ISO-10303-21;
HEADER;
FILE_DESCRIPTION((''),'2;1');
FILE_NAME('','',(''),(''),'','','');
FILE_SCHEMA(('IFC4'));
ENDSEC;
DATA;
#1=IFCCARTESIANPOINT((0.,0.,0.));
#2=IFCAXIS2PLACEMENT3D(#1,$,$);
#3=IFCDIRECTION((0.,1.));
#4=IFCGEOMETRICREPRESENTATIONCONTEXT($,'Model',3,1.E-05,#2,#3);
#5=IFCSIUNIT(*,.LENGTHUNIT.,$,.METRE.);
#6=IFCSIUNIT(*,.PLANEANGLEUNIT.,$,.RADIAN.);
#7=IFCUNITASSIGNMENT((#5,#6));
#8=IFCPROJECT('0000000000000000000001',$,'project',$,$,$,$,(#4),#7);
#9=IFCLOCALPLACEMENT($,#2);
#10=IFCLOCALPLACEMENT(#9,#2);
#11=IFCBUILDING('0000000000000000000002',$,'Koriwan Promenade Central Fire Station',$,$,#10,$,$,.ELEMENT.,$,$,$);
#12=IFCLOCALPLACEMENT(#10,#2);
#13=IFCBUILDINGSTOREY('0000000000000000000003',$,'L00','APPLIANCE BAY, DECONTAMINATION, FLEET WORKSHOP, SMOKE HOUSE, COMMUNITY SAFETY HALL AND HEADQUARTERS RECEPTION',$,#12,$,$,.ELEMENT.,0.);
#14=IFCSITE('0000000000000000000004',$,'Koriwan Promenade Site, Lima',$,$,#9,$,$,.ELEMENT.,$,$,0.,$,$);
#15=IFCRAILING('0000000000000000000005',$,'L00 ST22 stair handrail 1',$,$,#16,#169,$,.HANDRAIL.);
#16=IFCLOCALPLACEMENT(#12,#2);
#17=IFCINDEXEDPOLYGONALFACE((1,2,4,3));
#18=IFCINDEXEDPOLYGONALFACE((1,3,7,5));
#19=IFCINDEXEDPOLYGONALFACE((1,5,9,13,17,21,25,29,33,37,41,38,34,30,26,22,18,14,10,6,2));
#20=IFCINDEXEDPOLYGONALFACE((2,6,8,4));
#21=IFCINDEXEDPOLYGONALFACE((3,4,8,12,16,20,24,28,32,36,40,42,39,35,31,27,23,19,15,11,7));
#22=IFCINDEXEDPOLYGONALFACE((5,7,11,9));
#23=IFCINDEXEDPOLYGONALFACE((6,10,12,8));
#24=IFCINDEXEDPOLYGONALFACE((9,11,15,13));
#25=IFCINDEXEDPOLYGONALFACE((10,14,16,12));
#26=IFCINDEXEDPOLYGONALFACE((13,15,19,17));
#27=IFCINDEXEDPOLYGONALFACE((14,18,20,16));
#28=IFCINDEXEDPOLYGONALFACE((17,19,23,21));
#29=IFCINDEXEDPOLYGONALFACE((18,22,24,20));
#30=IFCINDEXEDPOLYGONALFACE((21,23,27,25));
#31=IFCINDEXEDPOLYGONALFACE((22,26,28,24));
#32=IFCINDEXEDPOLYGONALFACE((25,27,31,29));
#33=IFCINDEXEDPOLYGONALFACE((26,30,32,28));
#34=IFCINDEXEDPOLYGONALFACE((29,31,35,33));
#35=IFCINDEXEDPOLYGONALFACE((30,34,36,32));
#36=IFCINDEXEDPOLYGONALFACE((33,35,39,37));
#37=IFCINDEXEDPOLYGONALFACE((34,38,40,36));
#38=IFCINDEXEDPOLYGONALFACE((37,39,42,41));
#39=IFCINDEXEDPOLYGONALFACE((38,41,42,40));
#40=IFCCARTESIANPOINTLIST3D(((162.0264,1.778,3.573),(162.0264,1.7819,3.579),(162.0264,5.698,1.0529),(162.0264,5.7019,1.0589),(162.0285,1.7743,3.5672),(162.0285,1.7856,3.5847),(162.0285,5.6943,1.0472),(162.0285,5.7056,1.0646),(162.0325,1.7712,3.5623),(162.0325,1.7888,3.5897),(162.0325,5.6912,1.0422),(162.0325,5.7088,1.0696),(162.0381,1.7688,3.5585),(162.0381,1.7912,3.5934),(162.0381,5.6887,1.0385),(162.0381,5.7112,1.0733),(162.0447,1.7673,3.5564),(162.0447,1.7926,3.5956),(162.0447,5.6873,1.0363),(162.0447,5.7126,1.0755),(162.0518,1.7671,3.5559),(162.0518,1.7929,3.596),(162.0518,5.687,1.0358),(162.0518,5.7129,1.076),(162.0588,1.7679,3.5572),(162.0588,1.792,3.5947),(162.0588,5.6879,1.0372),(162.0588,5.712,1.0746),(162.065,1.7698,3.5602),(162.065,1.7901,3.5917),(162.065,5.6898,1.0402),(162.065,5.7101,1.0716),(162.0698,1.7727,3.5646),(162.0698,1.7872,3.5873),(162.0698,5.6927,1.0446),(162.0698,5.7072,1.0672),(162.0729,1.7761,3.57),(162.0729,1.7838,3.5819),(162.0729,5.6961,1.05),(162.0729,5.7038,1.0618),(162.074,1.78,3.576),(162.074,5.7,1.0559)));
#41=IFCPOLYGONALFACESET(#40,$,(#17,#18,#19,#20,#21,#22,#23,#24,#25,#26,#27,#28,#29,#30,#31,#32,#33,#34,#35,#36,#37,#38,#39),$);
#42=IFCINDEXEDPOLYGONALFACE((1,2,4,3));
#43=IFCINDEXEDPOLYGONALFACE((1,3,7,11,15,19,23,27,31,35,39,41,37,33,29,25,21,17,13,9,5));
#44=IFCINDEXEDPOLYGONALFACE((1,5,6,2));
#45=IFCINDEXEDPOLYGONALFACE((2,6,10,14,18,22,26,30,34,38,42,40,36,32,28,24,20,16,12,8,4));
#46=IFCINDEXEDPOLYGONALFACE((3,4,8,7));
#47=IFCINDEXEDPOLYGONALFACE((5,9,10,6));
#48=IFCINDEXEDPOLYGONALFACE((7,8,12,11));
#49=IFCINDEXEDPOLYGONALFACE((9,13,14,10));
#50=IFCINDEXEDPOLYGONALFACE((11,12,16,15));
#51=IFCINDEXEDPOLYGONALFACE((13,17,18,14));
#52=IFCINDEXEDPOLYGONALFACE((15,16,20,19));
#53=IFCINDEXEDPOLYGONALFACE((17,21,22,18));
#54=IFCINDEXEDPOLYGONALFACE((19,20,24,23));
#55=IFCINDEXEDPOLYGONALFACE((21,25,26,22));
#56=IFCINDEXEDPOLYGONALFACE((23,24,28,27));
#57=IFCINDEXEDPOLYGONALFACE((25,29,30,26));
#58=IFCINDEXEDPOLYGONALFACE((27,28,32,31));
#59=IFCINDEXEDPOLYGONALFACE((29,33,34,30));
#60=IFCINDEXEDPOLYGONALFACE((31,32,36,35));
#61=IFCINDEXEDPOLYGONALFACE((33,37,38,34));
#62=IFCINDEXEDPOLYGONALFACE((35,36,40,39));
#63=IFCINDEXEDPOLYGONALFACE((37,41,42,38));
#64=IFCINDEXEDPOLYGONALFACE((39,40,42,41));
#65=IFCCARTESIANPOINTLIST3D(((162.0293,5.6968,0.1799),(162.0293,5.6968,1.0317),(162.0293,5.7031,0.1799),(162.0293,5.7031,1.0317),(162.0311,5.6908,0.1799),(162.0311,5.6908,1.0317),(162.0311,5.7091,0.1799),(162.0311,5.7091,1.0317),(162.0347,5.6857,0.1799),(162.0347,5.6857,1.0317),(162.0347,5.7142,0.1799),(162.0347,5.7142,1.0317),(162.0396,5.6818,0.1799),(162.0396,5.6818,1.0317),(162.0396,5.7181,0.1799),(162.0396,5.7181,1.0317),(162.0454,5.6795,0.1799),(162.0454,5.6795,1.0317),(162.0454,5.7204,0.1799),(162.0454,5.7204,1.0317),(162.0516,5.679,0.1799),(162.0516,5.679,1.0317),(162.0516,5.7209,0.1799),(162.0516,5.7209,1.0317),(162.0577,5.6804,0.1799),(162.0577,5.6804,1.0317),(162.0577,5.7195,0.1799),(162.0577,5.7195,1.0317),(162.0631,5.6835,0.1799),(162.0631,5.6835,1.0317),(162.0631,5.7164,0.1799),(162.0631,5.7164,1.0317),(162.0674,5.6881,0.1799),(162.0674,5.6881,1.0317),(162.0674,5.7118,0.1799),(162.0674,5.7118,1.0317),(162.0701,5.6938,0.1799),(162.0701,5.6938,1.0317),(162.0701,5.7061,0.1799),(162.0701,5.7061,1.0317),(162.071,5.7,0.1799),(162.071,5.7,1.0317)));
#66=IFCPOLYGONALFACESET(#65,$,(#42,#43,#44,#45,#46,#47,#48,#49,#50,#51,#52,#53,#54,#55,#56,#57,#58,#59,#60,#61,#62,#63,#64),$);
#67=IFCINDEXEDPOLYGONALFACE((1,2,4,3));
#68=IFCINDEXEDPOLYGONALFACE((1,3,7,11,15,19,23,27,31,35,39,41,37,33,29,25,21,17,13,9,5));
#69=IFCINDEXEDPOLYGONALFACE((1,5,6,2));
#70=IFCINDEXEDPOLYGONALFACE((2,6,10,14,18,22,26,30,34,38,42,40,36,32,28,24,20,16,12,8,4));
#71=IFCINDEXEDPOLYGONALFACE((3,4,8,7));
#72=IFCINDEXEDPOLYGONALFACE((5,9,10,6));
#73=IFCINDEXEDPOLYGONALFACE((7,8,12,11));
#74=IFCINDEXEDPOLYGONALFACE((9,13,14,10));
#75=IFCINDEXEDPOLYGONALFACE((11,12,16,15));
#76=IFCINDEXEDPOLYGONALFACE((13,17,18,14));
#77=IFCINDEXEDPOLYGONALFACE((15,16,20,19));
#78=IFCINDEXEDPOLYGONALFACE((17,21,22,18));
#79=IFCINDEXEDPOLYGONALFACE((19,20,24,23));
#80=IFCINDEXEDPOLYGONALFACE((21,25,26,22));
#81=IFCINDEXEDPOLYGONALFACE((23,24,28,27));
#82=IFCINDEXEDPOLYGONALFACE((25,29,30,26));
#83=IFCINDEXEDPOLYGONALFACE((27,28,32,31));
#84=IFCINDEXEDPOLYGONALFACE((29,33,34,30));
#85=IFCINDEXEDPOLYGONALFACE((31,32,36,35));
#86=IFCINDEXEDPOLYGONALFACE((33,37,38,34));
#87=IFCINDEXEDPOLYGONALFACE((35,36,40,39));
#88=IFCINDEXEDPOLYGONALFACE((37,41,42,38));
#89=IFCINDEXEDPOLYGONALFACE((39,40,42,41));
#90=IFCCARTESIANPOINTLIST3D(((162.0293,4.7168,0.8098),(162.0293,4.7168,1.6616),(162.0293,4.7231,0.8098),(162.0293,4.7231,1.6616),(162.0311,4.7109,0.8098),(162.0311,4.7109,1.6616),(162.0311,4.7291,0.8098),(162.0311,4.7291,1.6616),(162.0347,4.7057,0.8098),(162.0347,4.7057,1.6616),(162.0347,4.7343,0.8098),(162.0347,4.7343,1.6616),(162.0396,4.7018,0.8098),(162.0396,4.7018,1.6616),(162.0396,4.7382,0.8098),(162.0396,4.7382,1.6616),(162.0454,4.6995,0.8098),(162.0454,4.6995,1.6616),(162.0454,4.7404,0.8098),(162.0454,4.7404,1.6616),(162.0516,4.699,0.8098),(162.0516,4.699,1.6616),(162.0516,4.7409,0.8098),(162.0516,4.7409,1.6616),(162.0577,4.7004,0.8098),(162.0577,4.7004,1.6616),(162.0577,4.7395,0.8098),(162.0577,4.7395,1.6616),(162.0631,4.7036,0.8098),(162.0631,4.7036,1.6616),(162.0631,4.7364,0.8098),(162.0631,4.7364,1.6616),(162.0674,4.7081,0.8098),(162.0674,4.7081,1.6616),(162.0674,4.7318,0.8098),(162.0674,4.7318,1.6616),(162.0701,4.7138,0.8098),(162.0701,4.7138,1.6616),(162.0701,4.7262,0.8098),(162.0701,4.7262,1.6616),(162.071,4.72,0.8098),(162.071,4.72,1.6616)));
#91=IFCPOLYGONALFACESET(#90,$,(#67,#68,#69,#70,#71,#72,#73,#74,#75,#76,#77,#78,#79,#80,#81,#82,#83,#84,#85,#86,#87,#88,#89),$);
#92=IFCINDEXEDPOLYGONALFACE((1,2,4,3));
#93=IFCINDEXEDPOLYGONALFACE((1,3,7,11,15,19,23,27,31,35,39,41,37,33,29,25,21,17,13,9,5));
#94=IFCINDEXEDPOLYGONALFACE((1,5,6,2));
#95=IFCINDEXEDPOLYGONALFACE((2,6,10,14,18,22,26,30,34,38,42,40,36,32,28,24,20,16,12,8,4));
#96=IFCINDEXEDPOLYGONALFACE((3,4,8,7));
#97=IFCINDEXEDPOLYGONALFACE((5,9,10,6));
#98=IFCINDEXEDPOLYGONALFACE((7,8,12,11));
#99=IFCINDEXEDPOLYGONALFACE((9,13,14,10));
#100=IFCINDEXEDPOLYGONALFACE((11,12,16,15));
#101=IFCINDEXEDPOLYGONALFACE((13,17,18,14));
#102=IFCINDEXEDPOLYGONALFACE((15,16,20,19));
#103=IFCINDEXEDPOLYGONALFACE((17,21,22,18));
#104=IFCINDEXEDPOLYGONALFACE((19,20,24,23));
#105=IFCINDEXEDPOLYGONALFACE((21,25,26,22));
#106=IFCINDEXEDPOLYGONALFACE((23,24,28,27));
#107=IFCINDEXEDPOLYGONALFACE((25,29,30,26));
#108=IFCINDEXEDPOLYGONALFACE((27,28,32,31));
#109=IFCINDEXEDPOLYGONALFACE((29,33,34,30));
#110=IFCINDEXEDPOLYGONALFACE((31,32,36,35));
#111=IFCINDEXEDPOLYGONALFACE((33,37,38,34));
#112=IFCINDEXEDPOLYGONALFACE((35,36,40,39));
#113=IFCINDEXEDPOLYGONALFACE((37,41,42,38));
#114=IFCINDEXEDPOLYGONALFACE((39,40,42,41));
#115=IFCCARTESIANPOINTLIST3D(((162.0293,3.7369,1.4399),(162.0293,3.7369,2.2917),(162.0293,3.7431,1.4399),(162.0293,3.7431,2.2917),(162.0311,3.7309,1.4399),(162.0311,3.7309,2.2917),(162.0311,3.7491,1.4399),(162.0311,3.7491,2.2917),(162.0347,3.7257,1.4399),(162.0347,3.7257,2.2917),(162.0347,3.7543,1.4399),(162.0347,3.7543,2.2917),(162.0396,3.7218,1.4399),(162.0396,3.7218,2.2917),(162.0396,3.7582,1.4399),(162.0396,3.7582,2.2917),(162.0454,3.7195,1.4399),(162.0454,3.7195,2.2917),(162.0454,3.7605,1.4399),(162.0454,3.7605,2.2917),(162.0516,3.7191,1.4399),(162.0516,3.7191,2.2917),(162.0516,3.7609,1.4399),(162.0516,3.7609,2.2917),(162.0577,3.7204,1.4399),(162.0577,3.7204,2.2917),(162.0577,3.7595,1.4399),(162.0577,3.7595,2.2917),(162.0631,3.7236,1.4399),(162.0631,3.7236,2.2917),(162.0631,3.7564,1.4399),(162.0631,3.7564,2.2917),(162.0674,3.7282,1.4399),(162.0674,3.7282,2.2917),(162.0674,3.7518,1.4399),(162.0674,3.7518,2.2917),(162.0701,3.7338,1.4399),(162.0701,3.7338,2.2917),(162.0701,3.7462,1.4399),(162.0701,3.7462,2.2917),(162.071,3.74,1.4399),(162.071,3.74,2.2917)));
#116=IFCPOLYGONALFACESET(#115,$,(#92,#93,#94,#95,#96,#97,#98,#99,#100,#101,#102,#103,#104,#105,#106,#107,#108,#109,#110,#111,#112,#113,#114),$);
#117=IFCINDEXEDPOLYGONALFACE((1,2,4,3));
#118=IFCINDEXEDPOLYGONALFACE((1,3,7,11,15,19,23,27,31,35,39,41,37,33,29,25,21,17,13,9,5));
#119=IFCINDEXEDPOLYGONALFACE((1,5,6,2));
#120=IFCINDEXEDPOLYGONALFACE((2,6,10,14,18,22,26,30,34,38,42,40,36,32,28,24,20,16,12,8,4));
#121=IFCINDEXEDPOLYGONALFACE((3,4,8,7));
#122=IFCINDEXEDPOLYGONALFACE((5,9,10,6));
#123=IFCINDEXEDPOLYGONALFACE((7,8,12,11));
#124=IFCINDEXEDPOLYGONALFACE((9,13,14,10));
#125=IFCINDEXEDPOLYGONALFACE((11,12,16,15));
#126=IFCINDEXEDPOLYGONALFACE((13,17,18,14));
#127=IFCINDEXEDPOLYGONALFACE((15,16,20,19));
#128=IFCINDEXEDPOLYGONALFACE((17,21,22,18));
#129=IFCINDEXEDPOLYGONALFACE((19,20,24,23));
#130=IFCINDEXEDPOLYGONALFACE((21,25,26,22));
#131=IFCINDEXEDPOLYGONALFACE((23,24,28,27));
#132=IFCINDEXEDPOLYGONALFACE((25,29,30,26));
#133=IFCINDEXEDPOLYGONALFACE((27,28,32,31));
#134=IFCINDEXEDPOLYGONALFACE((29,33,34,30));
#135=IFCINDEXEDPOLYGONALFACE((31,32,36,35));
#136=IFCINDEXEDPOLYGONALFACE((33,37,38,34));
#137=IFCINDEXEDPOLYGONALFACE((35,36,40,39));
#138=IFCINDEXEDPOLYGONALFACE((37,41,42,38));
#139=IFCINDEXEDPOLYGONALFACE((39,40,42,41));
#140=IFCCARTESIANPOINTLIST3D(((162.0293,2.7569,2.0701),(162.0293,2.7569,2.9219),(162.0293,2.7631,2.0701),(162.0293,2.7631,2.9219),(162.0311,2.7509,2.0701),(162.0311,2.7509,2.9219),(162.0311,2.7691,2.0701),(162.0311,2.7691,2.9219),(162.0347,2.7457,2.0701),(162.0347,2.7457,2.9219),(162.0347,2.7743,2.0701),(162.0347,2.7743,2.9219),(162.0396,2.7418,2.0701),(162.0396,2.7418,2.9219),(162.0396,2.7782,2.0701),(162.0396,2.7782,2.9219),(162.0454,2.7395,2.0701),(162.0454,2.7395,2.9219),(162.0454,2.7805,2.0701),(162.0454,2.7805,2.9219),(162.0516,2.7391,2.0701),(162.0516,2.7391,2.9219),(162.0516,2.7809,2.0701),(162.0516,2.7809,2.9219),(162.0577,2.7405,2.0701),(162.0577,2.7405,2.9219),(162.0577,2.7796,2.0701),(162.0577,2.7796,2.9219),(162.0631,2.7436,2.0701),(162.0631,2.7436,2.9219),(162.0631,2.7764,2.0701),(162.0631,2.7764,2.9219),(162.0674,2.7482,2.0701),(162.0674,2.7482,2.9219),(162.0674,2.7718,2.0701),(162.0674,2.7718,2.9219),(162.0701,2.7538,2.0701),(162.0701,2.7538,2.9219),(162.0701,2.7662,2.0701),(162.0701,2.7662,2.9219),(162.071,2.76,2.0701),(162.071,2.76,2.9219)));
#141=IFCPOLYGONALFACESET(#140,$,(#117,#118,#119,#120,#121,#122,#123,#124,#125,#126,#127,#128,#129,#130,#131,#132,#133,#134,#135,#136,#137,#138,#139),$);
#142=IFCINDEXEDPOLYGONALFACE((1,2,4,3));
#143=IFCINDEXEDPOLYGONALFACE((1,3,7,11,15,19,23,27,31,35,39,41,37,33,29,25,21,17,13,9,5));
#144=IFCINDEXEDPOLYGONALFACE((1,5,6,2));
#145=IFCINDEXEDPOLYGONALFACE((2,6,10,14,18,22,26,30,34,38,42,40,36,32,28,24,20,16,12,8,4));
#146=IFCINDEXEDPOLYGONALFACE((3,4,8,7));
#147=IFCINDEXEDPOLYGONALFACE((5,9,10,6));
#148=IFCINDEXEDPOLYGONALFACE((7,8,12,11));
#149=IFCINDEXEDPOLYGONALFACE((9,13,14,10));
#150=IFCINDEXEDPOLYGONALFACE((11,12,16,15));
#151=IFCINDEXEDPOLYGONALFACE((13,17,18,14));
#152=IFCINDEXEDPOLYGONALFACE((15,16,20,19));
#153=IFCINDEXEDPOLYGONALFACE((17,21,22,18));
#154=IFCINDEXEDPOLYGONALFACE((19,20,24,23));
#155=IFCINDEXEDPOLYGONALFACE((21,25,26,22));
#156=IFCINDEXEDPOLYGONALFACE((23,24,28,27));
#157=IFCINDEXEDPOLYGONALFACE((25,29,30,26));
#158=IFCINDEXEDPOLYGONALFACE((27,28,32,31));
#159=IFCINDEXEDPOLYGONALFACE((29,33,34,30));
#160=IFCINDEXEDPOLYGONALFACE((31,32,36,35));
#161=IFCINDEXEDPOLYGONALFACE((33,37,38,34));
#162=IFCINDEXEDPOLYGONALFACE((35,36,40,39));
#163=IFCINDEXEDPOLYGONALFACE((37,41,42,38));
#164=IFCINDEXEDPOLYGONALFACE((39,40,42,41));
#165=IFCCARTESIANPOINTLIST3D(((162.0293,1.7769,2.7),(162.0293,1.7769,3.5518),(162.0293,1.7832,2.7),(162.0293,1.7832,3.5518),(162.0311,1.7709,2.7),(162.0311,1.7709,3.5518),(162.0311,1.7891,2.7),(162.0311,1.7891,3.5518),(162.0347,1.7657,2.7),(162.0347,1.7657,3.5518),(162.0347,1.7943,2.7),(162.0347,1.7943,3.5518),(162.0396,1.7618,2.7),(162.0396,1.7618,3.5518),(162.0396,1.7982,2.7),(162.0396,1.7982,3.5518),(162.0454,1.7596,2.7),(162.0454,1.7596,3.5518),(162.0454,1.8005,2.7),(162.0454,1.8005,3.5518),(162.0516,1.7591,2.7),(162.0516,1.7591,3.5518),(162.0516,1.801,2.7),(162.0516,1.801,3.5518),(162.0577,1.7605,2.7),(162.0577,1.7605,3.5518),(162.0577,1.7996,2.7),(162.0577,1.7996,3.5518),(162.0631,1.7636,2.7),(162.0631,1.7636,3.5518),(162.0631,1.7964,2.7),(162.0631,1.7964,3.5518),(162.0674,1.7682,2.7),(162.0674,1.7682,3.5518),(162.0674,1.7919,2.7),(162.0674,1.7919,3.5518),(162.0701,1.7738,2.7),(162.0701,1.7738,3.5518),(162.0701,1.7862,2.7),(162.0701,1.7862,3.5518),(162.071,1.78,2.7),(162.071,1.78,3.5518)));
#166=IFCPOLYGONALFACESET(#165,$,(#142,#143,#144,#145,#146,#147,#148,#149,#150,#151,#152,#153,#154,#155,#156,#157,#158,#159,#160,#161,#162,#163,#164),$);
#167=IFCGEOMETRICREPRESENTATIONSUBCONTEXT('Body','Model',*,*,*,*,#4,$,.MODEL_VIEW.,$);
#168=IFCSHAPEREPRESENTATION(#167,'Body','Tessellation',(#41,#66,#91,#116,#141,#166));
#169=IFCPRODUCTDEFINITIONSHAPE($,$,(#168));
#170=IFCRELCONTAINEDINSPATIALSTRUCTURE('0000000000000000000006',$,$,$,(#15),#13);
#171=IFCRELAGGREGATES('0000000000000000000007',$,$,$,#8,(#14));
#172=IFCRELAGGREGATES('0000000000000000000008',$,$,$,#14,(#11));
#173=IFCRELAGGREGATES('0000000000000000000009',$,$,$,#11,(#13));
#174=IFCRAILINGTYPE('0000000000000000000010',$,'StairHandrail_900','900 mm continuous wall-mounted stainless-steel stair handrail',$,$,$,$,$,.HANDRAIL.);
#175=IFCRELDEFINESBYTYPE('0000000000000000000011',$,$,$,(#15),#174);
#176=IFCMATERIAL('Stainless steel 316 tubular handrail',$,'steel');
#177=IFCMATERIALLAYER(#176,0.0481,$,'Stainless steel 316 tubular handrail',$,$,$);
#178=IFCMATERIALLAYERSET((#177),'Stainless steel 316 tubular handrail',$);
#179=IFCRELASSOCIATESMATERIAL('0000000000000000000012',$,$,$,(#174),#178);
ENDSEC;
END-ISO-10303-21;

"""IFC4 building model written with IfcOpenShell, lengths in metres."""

from ifc_helpers import new_model, si_unit, direction, frame, origin, origin_2d, place, context, subcontext, project, spatial, circle, extrude, material, layer, layer_set, type_object, element, save


model = new_model("IFC4")

# Units and contexts
model_context = context("Model", 3, precision=1e-05, world=origin(), true_north=direction((0.0, 1.0)))
body_context = subcontext(model_context, "Body", "Model", "MODEL_VIEW")
ifc_project = project(units=[si_unit("LENGTHUNIT", "METRE"), si_unit("PLANEANGLEUNIT", "RADIAN")], contexts=[model_context])

# Site, building, storey
site_placement = place(None, origin())
site = spatial("IfcSite", under=ifc_project, at=site_placement, Name="Koriwan Promenade Site, Lima", CompositionType="ELEMENT", RefElevation=0.0)
building_placement = place(site_placement, origin())
building = spatial("IfcBuilding", under=site, at=building_placement, Name="Koriwan Promenade Central Fire Station", CompositionType="ELEMENT")
storey_placement = place(building_placement, origin())
storey = spatial("IfcBuildingStorey", under=building, at=storey_placement, Name="L00", Description="APPLIANCE BAY, DECONTAMINATION, FLEET WORKSHOP, SMOKE HOUSE, COMMUNITY SAFETY HALL AND HEADQUARTERS RECEPTION", CompositionType="ELEMENT", Elevation=0.0)

# Railing
ifc_material_1 = material(Name="Stainless steel 316 tubular handrail", Category="steel")
ifc_layer_1 = layer(ifc_material_1, 0.0481, Name="Stainless steel 316 tubular handrail")
ifc_layer_set_1 = layer_set([ifc_layer_1], Name="Stainless steel 316 tubular handrail")
railing_type_1 = type_object("IfcRailingType", Name="StairHandrail_900", Description="900 mm continuous wall-mounted stainless-steel stair handrail", PredefinedType="HANDRAIL", material=ifc_layer_set_1)
railing_1_placement = place(storey_placement, frame((162.05, 5.7, 0.1799)))
element("IfcRailing", 1, at=railing_1_placement, inside=storey, type_object=railing_type_1, Name="L00 ST22 stair handrail 1", PredefinedType="HANDRAIL", context=body_context, shape_type="SweptSolid", body=[
    extrude(circle(Radius=0.0239, at=origin_2d()), frame((0.0, 0.0, 0.876), z_axis=(0.0, -0.841172, 0.540768), x_axis=(1.0, 0.0, 0.0)), (0.0, 0.0, 1.0), 4.6602),
    extrude(circle(Radius=0.021, at=origin_2d()), origin(), (0.0, 0.0, 1.0), 0.8518),
    extrude(circle(Radius=0.021, at=origin_2d()), frame((0.0, -0.98, 0.6299)), (0.0, 0.0, 1.0), 0.8518),
    extrude(circle(Radius=0.021, at=origin_2d()), frame((0.0, -1.96, 1.26)), (0.0, 0.0, 1.0), 0.8518),
    extrude(circle(Radius=0.021, at=origin_2d()), frame((0.0, -2.9399, 1.8901)), (0.0, 0.0, 1.0), 0.8518),
    extrude(circle(Radius=0.021, at=origin_2d()), frame((0.0, -3.9199, 2.52)), (0.0, 0.0, 1.0), 0.8518),
])

save(model, "model.ifc")
